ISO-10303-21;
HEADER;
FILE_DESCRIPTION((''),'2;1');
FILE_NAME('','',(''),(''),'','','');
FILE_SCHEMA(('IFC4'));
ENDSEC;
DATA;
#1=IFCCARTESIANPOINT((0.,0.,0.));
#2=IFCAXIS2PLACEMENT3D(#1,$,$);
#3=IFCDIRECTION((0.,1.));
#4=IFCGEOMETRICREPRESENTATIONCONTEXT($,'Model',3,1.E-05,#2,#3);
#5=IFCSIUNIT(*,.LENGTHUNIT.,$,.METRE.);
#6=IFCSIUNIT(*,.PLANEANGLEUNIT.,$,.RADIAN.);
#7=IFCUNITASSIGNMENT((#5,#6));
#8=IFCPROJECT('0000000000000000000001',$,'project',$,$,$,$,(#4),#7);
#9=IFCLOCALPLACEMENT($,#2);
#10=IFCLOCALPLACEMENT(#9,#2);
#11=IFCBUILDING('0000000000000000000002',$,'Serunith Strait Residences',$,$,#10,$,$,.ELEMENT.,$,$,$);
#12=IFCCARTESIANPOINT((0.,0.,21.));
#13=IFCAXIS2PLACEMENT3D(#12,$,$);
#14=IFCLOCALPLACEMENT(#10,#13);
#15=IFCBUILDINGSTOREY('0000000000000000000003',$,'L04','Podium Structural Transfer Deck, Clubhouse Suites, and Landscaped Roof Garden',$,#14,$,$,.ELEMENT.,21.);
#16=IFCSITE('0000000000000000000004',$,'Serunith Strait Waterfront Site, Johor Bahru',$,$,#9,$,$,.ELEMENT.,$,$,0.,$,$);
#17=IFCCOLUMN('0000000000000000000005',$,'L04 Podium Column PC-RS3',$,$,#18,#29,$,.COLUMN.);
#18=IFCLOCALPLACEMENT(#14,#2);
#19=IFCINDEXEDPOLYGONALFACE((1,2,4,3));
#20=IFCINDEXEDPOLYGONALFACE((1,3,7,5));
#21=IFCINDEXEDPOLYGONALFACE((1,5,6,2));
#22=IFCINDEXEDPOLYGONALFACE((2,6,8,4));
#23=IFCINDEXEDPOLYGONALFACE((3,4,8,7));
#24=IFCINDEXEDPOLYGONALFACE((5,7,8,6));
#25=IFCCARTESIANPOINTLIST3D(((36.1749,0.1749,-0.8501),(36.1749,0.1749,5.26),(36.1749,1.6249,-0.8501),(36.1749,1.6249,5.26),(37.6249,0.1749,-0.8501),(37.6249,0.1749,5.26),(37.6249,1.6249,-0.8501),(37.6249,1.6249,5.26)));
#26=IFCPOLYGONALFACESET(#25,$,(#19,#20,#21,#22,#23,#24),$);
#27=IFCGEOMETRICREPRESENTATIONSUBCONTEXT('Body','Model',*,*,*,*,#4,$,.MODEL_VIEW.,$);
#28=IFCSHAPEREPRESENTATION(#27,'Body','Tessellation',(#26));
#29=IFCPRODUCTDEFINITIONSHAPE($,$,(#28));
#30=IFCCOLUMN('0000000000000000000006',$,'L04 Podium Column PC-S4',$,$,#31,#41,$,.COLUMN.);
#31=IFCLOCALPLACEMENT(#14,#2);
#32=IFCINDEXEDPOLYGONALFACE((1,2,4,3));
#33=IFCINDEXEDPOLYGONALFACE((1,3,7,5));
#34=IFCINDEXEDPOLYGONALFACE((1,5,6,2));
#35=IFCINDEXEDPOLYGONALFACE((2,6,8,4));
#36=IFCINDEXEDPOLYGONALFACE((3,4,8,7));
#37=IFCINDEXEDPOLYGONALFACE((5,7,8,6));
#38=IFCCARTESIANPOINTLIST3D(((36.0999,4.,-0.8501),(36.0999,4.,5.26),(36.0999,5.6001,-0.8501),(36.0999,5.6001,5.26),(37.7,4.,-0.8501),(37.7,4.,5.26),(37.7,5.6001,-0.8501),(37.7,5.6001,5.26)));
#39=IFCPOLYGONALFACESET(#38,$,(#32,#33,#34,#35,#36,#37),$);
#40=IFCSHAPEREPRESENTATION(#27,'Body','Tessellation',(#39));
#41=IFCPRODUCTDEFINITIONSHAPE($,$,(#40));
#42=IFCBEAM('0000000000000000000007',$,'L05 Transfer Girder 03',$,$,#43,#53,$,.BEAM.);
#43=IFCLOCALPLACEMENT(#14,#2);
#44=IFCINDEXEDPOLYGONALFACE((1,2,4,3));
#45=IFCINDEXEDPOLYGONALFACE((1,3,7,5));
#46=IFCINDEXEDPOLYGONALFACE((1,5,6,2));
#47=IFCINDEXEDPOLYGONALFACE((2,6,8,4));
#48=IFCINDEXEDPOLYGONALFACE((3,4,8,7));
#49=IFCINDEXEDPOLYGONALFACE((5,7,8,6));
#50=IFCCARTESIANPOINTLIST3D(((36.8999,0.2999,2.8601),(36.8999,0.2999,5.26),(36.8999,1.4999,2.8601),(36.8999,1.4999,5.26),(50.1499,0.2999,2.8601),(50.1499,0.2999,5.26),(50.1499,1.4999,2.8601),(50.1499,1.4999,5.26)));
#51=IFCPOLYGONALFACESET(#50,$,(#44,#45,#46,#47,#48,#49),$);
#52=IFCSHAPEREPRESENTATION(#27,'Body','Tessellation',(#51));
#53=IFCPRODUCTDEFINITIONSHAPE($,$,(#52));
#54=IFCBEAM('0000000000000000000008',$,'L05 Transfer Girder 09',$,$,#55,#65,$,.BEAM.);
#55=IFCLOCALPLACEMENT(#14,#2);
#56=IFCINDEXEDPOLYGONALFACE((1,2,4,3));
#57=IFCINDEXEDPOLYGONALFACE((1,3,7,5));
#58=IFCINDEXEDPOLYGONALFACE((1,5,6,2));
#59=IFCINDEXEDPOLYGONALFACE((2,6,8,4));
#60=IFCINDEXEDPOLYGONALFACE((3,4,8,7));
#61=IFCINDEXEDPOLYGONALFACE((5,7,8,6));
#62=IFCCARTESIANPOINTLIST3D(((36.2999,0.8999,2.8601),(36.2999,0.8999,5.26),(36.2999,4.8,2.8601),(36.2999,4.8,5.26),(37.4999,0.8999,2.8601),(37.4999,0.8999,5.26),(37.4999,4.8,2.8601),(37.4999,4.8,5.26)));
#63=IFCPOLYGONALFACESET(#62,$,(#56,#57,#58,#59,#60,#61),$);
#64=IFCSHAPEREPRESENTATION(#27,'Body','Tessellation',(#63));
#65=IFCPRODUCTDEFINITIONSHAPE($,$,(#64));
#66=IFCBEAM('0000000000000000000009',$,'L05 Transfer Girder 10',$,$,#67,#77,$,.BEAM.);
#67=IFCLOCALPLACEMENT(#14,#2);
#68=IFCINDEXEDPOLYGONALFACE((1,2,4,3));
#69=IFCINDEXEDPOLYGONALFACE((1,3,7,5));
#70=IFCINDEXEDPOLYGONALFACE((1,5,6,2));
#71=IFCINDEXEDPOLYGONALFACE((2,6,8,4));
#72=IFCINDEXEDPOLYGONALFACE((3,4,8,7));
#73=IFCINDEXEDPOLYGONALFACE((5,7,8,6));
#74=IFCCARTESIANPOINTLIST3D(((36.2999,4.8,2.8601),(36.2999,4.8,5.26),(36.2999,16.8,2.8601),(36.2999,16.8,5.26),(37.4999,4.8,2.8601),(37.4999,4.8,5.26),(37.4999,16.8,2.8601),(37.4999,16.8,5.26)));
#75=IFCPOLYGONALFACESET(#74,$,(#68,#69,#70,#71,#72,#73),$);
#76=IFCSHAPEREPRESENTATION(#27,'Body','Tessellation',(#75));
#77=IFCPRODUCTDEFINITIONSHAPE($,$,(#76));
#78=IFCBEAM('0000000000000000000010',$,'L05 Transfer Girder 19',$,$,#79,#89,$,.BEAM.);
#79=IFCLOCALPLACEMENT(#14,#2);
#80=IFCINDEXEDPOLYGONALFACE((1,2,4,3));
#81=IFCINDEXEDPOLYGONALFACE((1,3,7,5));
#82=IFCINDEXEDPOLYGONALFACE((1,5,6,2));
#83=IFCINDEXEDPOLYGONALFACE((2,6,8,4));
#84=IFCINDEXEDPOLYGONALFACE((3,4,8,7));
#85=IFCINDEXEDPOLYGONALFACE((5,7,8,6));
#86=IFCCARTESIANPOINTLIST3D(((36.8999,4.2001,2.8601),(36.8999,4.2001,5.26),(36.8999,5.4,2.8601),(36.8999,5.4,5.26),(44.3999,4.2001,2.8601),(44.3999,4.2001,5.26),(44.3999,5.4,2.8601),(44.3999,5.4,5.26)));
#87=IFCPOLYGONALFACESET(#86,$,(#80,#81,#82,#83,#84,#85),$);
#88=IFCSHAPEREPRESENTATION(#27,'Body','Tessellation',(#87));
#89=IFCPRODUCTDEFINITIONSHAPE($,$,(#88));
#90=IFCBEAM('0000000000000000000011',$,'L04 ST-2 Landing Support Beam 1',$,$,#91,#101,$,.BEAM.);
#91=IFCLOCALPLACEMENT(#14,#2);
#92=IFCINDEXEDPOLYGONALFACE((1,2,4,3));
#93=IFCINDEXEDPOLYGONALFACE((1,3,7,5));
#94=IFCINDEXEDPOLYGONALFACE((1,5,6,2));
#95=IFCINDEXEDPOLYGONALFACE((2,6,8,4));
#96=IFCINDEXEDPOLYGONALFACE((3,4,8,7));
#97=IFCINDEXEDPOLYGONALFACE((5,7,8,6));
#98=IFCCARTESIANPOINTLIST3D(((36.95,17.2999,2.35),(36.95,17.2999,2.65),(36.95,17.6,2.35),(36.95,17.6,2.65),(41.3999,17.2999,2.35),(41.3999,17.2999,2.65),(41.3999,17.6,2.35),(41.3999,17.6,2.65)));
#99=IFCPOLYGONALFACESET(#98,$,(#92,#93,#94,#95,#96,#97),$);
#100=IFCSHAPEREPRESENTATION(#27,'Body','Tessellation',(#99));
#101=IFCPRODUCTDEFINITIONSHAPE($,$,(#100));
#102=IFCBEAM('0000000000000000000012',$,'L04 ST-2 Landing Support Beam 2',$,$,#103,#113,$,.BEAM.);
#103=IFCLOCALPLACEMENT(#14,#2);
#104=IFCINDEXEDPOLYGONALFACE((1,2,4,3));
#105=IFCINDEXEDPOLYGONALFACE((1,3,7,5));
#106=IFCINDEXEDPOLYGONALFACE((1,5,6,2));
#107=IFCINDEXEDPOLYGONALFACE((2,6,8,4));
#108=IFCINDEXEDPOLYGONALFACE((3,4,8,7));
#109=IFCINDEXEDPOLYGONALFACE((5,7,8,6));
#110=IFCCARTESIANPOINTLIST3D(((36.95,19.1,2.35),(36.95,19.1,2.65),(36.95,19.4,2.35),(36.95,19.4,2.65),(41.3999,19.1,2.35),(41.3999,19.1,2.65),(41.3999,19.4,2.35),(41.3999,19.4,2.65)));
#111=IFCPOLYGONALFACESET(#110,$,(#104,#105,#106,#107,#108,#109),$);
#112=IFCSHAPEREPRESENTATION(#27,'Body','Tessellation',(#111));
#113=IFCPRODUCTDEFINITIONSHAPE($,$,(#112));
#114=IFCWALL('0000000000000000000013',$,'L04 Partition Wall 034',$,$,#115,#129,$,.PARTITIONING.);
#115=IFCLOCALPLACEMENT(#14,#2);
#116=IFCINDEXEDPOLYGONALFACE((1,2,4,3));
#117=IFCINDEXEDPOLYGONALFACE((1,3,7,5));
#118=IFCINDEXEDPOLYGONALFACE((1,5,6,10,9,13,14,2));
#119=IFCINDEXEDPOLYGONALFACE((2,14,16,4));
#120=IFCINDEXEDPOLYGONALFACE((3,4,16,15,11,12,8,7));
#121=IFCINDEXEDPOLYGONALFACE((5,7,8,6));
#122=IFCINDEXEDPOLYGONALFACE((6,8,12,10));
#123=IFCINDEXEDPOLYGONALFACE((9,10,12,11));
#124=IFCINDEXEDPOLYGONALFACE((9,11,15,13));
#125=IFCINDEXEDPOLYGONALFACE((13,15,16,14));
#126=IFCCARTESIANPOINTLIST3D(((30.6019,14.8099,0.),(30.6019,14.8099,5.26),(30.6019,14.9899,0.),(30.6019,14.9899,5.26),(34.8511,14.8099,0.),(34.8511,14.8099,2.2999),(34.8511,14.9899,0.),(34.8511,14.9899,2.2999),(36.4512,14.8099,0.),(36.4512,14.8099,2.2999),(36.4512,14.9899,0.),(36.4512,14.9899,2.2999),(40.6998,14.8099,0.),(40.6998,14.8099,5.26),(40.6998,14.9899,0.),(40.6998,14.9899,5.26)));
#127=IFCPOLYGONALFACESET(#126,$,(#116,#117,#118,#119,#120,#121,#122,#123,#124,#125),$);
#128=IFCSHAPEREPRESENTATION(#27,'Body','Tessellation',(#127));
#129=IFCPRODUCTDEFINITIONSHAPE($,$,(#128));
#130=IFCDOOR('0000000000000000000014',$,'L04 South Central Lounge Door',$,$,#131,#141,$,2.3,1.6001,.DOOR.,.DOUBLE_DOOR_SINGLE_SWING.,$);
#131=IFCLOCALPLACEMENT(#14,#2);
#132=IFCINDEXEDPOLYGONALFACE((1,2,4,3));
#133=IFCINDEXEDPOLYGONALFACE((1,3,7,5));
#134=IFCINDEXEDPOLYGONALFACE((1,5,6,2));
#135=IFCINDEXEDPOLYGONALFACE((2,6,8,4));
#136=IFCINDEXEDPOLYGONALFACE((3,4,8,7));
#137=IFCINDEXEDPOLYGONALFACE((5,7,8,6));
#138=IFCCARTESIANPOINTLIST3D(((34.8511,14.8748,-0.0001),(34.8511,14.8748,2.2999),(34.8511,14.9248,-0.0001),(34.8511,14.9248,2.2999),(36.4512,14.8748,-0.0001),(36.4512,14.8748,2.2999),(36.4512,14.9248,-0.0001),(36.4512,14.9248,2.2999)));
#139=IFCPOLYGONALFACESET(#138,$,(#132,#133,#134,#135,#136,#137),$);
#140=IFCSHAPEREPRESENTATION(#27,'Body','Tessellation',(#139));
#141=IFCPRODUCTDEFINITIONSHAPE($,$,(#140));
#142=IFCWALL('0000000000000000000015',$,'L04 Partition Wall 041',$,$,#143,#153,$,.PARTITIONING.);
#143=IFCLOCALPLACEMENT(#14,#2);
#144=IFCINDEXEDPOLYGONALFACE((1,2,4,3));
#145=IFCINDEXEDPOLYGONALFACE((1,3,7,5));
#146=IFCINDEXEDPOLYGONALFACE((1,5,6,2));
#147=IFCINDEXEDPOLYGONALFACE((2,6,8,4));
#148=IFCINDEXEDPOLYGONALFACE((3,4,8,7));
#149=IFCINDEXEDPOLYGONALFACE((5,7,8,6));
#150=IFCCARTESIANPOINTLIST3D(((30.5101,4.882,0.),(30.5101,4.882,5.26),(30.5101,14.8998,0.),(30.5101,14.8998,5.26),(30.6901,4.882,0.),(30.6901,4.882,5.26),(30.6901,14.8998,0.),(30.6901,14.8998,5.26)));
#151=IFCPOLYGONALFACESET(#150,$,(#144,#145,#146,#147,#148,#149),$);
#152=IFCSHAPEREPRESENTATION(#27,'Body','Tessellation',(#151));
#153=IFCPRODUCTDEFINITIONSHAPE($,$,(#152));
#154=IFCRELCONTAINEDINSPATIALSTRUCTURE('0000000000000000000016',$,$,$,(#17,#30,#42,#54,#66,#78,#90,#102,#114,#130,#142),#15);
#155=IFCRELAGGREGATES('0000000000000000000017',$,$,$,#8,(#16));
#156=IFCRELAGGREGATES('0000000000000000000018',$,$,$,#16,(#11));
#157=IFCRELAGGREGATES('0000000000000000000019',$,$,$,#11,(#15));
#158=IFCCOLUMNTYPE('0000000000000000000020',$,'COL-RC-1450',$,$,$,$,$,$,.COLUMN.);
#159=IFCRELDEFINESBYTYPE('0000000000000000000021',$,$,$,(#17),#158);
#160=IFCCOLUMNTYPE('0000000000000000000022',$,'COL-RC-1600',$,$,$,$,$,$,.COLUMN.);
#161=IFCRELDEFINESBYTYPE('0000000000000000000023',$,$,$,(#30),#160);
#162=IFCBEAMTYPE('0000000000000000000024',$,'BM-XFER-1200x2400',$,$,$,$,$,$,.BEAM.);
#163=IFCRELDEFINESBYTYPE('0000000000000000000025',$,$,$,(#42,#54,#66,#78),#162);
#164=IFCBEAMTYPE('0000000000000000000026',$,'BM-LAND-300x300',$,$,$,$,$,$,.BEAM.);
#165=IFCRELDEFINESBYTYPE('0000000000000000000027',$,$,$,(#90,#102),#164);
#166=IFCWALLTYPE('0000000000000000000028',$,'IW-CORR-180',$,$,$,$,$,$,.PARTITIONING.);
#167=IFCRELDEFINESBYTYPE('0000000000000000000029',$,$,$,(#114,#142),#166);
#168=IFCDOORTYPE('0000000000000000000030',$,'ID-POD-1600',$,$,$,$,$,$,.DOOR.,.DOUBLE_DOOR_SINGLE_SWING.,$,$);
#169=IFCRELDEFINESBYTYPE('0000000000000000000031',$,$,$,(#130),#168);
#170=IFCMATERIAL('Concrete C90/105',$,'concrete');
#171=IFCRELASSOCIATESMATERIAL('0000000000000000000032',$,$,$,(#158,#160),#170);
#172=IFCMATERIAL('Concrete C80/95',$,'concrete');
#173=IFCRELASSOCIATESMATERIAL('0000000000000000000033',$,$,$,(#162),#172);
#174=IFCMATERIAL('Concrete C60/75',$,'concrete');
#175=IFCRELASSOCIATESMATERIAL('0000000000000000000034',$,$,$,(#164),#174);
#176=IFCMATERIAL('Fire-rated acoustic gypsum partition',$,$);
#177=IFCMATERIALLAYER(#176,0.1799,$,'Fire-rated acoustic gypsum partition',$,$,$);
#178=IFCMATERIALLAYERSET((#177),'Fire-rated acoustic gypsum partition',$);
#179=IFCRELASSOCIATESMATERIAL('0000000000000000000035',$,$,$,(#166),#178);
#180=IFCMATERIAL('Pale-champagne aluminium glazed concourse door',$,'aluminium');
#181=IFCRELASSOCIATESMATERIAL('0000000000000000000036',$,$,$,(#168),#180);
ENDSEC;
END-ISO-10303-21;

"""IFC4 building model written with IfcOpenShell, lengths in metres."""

from ifc_helpers import new_model, si_unit, direction, frame, frame_2d, origin, origin_2d, place, context, subcontext, project, spatial, rectangle, extrude, source, transform, mapped, material, layer, layer_set, material_profile, profile_set, type_object, element, fill, save


model = new_model("IFC4")

# Units and contexts
model_context = context("Model", 3, precision=1e-05, world=origin(), true_north=direction((0.0, 1.0)))
body_context = subcontext(model_context, "Body", "Model", "MODEL_VIEW")
ifc_project = project(units=[si_unit("LENGTHUNIT", "METRE"), si_unit("PLANEANGLEUNIT", "RADIAN")], contexts=[model_context])

# Site, building, storey
site_placement = place(None, origin())
site = spatial("IfcSite", under=ifc_project, at=site_placement, Name="Serunith Strait Waterfront Site, Johor Bahru", CompositionType="ELEMENT", RefElevation=0.0)
building_placement = place(site_placement, origin())
building = spatial("IfcBuilding", under=site, at=building_placement, Name="Serunith Strait Residences", CompositionType="ELEMENT")
storey_placement = place(building_placement, frame((0.0, 0.0, 21.0)))
storey = spatial("IfcBuildingStorey", under=building, at=storey_placement, Name="L04", Description="Podium Structural Transfer Deck, Clubhouse Suites, and Landscaped Roof Garden", CompositionType="ELEMENT", Elevation=21.0)

# Columns
ifc_material_1 = material(Name="Concrete C90/105", Category="concrete")
ifc_material_profile_1 = material_profile(ifc_material_1, rectangle(XDim=1.45, YDim=1.45, at=origin_2d()), Name="RC 1450x1450")
ifc_profile_set_1 = profile_set([ifc_material_profile_1], Name="Concrete C90/105")
column_type_1 = type_object("IfcColumnType", Name="COL-RC-1450", PredefinedType="COLUMN", material=ifc_profile_set_1)
shared_shape_1 = source(origin(), body_context, "Body", "SweptSolid", [
    extrude(rectangle(XDim=1.45, YDim=1.45, at=origin_2d()), origin(), (0.0, 0.0, 1.0), 6.1101),
])
column_1_placement = place(storey_placement, frame((36.8999, 0.8999, -0.8501), z_axis=(0.0, 0.0, 1.0), x_axis=(1.0, 0.0, 0.0)))
element("IfcColumn", 1, at=column_1_placement, inside=storey, type_object=column_type_1, Name="L04 Podium Column PC-RS3", PredefinedType="COLUMN", context=body_context, shape_type="MappedRepresentation", body=[
    mapped(shared_shape_1, transform((0.0, 0.0, 0.0), scale=1.0)),
])
ifc_material_profile_2 = material_profile(ifc_material_1, rectangle(XDim=1.6001, YDim=1.6001, at=origin_2d()), Name="RC 1600x1600")
ifc_profile_set_2 = profile_set([ifc_material_profile_2], Name="Concrete C90/105")
column_type_2 = type_object("IfcColumnType", Name="COL-RC-1600", PredefinedType="COLUMN", material=ifc_profile_set_2)
shared_shape_2 = source(origin(), body_context, "Body", "SweptSolid", [
    extrude(rectangle(XDim=1.6001, YDim=1.6001, at=origin_2d()), origin(), (0.0, 0.0, 1.0), 6.1101),
])
column_2_placement = place(storey_placement, frame((36.8999, 4.8, -0.8501), z_axis=(0.0, 0.0, 1.0), x_axis=(1.0, 0.0, 0.0)))
element("IfcColumn", 2, at=column_2_placement, inside=storey, type_object=column_type_2, Name="L04 Podium Column PC-S4", PredefinedType="COLUMN", context=body_context, shape_type="MappedRepresentation", body=[
    mapped(shared_shape_2, transform((0.0, 0.0, 0.0), scale=1.0)),
])

# Beams
ifc_material_2 = material(Name="Concrete C80/95", Category="concrete")
ifc_material_profile_3 = material_profile(ifc_material_2, rectangle(XDim=1.2, YDim=2.3999, at=origin_2d()), Name="RC 1200x2400")
ifc_profile_set_3 = profile_set([ifc_material_profile_3], Name="Concrete C80/95")
beam_type_1 = type_object("IfcBeamType", Name="BM-XFER-1200x2400", PredefinedType="BEAM", material=ifc_profile_set_3)
shared_shape_3 = source(origin(), body_context, "Body", "SweptSolid", [
    extrude(rectangle(XDim=1.2, YDim=2.3999, at=origin_2d()), origin(), (0.0, 0.0, 1.0), 13.25),
])
beam_1_placement = place(storey_placement, frame((36.8999, 0.8999, 4.0601), z_axis=(1.0, 0.0, 0.0), x_axis=(0.0, 1.0, 0.0)))
element("IfcBeam", 3, at=beam_1_placement, inside=storey, type_object=beam_type_1, Name="L05 Transfer Girder 03", PredefinedType="BEAM", context=body_context, shape_type="MappedRepresentation", body=[
    mapped(shared_shape_3, transform((0.0, 0.0, 0.0), scale=1.0)),
])
shared_shape_4 = source(origin(), body_context, "Body", "SweptSolid", [
    extrude(rectangle(XDim=1.2, YDim=2.3999, at=origin_2d()), origin(), (0.0, 0.0, 1.0), 3.9001),
])
beam_2_placement = place(storey_placement, frame((36.8999, 0.8999, 4.0601), z_axis=(0.0, 1.0, 0.0), x_axis=(-1.0, 0.0, 0.0)))
element("IfcBeam", 4, at=beam_2_placement, inside=storey, type_object=beam_type_1, Name="L05 Transfer Girder 09", PredefinedType="BEAM", context=body_context, shape_type="MappedRepresentation", body=[
    mapped(shared_shape_4, transform((0.0, 0.0, 0.0), scale=1.0)),
])
shared_shape_5 = source(origin(), body_context, "Body", "SweptSolid", [
    extrude(rectangle(XDim=1.2, YDim=2.3999, at=origin_2d()), origin(), (0.0, 0.0, 1.0), 12.0),
])
beam_3_placement = place(storey_placement, frame((36.8999, 4.8, 4.0601), z_axis=(0.0, 1.0, 0.0), x_axis=(-1.0, 0.0, 0.0)))
element("IfcBeam", 5, at=beam_3_placement, inside=storey, type_object=beam_type_1, Name="L05 Transfer Girder 10", PredefinedType="BEAM", context=body_context, shape_type="MappedRepresentation", body=[
    mapped(shared_shape_5, transform((0.0, 0.0, 0.0), scale=1.0)),
])
shared_shape_6 = source(origin(), body_context, "Body", "SweptSolid", [
    extrude(rectangle(XDim=1.2, YDim=2.3999, at=origin_2d()), origin(), (0.0, 0.0, 1.0), 7.5),
])
beam_4_placement = place(storey_placement, frame((36.8999, 4.8, 4.0601), z_axis=(1.0, 0.0, 0.0), x_axis=(0.0, 1.0, 0.0)))
element("IfcBeam", 6, at=beam_4_placement, inside=storey, type_object=beam_type_1, Name="L05 Transfer Girder 19", PredefinedType="BEAM", context=body_context, shape_type="MappedRepresentation", body=[
    mapped(shared_shape_6, transform((0.0, 0.0, 0.0), scale=1.0)),
])
ifc_material_3 = material(Name="Concrete C60/75", Category="concrete")
ifc_material_profile_4 = material_profile(ifc_material_3, rectangle(XDim=0.3, YDim=0.3, at=origin_2d()), Name="RC 300x300")
ifc_profile_set_4 = profile_set([ifc_material_profile_4], Name="Concrete C60/75")
beam_type_2 = type_object("IfcBeamType", Name="BM-LAND-300x300", PredefinedType="BEAM", material=ifc_profile_set_4)
shared_shape_7 = source(origin(), body_context, "Body", "SweptSolid", [
    extrude(rectangle(XDim=0.3, YDim=0.3, at=origin_2d()), origin(), (0.0, 0.0, 1.0), 4.45),
])
for number, where, z_axis, x_axis, name in (
    (7, (36.95, 17.45, 2.5), (1.0, 0.0, 0.0), (0.0, 1.0, 0.0), "L04 ST-2 Landing Support Beam 1"),
    (8, (36.95, 19.25, 2.5), (1.0, 0.0, 0.0), (0.0, 1.0, 0.0), "L04 ST-2 Landing Support Beam 2"),
):
    element("IfcBeam", number, at=place(storey_placement, frame(where, z_axis=z_axis, x_axis=x_axis)), inside=storey, type_object=beam_type_2, Name=name, PredefinedType="BEAM", context=body_context, shape_type="MappedRepresentation", body=[
        mapped(shared_shape_7, transform((0.0, 0.0, 0.0), scale=1.0)),
    ])

# Wall, opening, door
ifc_material_4 = material(Name="Fire-rated acoustic gypsum partition")
ifc_layer_1 = layer(ifc_material_4, 0.1799, Name="Fire-rated acoustic gypsum partition")
ifc_layer_set_1 = layer_set([ifc_layer_1], Name="Fire-rated acoustic gypsum partition")
wall_type_1 = type_object("IfcWallType", Name="IW-CORR-180", PredefinedType="PARTITIONING", material=ifc_layer_set_1)
wall_1_placement = place(storey_placement, frame((30.6021, 14.8999, 0.0), z_axis=(0.0, 0.0, 1.0), x_axis=(1.0, 0.0, 0.0)))
wall_1 = element("IfcWall", 9, at=wall_1_placement, inside=storey, type_object=wall_type_1, Name="L04 Partition Wall 034", PredefinedType="PARTITIONING", context=body_context, shape_type="SweptSolid", body=[
    extrude(rectangle(XDim=10.0979, YDim=0.1799, at=frame_2d((5.0488, 0.0))), origin(), (0.0, 0.0, 1.0), 5.26),
])
opening_1_placement = place(wall_1_placement, frame((4.249, 0.0, 0.0)))
opening_1 = element("IfcOpeningElement", 10, at=opening_1_placement, cuts=wall_1, PredefinedType="OPENING", context=body_context, shape_type="SweptSolid", body=[
    extrude(rectangle(XDim=1.6001, YDim=2.3, at=frame_2d((0.8, 1.1499))), frame((0.0, 0.1001, 0.0), z_axis=(0.0, -1.0, 0.0), x_axis=(1.0, 0.0, 0.0)), (0.0, 0.0, 1.0), 0.2),
])
ifc_material_5 = material(Name="Pale-champagne aluminium glazed concourse door", Category="aluminium")
door_type_1 = type_object("IfcDoorType", Name="ID-POD-1600", OperationType="DOUBLE_DOOR_SINGLE_SWING", PredefinedType="DOOR", material=ifc_material_5)
shared_shape_8 = source(origin(), body_context, "Body", "SweptSolid", [
    extrude(rectangle(XDim=1.6001, YDim=2.3, at=frame_2d((0.8, 1.1499))), frame((0.0, 0.0249, 0.0), z_axis=(0.0, -1.0, 0.0), x_axis=(1.0, 0.0, 0.0)), (0.0, 0.0, 1.0), 0.05),
])
door_1_placement = place(opening_1_placement, origin())
door_1 = element("IfcDoor", 11, at=door_1_placement, inside=storey, type_object=door_type_1, Name="L04 South Central Lounge Door", OperationType="DOUBLE_DOOR_SINGLE_SWING", OverallHeight=2.3, OverallWidth=1.6001, PredefinedType="DOOR", context=body_context, shape_type="MappedRepresentation", body=[
    mapped(shared_shape_8, transform((0.0, 0.0, 0.0), scale=1.0)),
])
fill(opening_1, door_1)

# Wall
wall_2_placement = place(storey_placement, frame((30.6001, 4.8821, 0.0), z_axis=(0.0, 0.0, 1.0), x_axis=(0.0, 1.0, 0.0)))
element("IfcWall", 12, at=wall_2_placement, inside=storey, type_object=wall_type_1, Name="L04 Partition Wall 041", PredefinedType="PARTITIONING", context=body_context, shape_type="SweptSolid", body=[
    extrude(rectangle(XDim=10.0178, YDim=0.1799, at=frame_2d((5.0088, 0.0))), origin(), (0.0, 0.0, 1.0), 5.26),
])

save(model, "model.ifc")
